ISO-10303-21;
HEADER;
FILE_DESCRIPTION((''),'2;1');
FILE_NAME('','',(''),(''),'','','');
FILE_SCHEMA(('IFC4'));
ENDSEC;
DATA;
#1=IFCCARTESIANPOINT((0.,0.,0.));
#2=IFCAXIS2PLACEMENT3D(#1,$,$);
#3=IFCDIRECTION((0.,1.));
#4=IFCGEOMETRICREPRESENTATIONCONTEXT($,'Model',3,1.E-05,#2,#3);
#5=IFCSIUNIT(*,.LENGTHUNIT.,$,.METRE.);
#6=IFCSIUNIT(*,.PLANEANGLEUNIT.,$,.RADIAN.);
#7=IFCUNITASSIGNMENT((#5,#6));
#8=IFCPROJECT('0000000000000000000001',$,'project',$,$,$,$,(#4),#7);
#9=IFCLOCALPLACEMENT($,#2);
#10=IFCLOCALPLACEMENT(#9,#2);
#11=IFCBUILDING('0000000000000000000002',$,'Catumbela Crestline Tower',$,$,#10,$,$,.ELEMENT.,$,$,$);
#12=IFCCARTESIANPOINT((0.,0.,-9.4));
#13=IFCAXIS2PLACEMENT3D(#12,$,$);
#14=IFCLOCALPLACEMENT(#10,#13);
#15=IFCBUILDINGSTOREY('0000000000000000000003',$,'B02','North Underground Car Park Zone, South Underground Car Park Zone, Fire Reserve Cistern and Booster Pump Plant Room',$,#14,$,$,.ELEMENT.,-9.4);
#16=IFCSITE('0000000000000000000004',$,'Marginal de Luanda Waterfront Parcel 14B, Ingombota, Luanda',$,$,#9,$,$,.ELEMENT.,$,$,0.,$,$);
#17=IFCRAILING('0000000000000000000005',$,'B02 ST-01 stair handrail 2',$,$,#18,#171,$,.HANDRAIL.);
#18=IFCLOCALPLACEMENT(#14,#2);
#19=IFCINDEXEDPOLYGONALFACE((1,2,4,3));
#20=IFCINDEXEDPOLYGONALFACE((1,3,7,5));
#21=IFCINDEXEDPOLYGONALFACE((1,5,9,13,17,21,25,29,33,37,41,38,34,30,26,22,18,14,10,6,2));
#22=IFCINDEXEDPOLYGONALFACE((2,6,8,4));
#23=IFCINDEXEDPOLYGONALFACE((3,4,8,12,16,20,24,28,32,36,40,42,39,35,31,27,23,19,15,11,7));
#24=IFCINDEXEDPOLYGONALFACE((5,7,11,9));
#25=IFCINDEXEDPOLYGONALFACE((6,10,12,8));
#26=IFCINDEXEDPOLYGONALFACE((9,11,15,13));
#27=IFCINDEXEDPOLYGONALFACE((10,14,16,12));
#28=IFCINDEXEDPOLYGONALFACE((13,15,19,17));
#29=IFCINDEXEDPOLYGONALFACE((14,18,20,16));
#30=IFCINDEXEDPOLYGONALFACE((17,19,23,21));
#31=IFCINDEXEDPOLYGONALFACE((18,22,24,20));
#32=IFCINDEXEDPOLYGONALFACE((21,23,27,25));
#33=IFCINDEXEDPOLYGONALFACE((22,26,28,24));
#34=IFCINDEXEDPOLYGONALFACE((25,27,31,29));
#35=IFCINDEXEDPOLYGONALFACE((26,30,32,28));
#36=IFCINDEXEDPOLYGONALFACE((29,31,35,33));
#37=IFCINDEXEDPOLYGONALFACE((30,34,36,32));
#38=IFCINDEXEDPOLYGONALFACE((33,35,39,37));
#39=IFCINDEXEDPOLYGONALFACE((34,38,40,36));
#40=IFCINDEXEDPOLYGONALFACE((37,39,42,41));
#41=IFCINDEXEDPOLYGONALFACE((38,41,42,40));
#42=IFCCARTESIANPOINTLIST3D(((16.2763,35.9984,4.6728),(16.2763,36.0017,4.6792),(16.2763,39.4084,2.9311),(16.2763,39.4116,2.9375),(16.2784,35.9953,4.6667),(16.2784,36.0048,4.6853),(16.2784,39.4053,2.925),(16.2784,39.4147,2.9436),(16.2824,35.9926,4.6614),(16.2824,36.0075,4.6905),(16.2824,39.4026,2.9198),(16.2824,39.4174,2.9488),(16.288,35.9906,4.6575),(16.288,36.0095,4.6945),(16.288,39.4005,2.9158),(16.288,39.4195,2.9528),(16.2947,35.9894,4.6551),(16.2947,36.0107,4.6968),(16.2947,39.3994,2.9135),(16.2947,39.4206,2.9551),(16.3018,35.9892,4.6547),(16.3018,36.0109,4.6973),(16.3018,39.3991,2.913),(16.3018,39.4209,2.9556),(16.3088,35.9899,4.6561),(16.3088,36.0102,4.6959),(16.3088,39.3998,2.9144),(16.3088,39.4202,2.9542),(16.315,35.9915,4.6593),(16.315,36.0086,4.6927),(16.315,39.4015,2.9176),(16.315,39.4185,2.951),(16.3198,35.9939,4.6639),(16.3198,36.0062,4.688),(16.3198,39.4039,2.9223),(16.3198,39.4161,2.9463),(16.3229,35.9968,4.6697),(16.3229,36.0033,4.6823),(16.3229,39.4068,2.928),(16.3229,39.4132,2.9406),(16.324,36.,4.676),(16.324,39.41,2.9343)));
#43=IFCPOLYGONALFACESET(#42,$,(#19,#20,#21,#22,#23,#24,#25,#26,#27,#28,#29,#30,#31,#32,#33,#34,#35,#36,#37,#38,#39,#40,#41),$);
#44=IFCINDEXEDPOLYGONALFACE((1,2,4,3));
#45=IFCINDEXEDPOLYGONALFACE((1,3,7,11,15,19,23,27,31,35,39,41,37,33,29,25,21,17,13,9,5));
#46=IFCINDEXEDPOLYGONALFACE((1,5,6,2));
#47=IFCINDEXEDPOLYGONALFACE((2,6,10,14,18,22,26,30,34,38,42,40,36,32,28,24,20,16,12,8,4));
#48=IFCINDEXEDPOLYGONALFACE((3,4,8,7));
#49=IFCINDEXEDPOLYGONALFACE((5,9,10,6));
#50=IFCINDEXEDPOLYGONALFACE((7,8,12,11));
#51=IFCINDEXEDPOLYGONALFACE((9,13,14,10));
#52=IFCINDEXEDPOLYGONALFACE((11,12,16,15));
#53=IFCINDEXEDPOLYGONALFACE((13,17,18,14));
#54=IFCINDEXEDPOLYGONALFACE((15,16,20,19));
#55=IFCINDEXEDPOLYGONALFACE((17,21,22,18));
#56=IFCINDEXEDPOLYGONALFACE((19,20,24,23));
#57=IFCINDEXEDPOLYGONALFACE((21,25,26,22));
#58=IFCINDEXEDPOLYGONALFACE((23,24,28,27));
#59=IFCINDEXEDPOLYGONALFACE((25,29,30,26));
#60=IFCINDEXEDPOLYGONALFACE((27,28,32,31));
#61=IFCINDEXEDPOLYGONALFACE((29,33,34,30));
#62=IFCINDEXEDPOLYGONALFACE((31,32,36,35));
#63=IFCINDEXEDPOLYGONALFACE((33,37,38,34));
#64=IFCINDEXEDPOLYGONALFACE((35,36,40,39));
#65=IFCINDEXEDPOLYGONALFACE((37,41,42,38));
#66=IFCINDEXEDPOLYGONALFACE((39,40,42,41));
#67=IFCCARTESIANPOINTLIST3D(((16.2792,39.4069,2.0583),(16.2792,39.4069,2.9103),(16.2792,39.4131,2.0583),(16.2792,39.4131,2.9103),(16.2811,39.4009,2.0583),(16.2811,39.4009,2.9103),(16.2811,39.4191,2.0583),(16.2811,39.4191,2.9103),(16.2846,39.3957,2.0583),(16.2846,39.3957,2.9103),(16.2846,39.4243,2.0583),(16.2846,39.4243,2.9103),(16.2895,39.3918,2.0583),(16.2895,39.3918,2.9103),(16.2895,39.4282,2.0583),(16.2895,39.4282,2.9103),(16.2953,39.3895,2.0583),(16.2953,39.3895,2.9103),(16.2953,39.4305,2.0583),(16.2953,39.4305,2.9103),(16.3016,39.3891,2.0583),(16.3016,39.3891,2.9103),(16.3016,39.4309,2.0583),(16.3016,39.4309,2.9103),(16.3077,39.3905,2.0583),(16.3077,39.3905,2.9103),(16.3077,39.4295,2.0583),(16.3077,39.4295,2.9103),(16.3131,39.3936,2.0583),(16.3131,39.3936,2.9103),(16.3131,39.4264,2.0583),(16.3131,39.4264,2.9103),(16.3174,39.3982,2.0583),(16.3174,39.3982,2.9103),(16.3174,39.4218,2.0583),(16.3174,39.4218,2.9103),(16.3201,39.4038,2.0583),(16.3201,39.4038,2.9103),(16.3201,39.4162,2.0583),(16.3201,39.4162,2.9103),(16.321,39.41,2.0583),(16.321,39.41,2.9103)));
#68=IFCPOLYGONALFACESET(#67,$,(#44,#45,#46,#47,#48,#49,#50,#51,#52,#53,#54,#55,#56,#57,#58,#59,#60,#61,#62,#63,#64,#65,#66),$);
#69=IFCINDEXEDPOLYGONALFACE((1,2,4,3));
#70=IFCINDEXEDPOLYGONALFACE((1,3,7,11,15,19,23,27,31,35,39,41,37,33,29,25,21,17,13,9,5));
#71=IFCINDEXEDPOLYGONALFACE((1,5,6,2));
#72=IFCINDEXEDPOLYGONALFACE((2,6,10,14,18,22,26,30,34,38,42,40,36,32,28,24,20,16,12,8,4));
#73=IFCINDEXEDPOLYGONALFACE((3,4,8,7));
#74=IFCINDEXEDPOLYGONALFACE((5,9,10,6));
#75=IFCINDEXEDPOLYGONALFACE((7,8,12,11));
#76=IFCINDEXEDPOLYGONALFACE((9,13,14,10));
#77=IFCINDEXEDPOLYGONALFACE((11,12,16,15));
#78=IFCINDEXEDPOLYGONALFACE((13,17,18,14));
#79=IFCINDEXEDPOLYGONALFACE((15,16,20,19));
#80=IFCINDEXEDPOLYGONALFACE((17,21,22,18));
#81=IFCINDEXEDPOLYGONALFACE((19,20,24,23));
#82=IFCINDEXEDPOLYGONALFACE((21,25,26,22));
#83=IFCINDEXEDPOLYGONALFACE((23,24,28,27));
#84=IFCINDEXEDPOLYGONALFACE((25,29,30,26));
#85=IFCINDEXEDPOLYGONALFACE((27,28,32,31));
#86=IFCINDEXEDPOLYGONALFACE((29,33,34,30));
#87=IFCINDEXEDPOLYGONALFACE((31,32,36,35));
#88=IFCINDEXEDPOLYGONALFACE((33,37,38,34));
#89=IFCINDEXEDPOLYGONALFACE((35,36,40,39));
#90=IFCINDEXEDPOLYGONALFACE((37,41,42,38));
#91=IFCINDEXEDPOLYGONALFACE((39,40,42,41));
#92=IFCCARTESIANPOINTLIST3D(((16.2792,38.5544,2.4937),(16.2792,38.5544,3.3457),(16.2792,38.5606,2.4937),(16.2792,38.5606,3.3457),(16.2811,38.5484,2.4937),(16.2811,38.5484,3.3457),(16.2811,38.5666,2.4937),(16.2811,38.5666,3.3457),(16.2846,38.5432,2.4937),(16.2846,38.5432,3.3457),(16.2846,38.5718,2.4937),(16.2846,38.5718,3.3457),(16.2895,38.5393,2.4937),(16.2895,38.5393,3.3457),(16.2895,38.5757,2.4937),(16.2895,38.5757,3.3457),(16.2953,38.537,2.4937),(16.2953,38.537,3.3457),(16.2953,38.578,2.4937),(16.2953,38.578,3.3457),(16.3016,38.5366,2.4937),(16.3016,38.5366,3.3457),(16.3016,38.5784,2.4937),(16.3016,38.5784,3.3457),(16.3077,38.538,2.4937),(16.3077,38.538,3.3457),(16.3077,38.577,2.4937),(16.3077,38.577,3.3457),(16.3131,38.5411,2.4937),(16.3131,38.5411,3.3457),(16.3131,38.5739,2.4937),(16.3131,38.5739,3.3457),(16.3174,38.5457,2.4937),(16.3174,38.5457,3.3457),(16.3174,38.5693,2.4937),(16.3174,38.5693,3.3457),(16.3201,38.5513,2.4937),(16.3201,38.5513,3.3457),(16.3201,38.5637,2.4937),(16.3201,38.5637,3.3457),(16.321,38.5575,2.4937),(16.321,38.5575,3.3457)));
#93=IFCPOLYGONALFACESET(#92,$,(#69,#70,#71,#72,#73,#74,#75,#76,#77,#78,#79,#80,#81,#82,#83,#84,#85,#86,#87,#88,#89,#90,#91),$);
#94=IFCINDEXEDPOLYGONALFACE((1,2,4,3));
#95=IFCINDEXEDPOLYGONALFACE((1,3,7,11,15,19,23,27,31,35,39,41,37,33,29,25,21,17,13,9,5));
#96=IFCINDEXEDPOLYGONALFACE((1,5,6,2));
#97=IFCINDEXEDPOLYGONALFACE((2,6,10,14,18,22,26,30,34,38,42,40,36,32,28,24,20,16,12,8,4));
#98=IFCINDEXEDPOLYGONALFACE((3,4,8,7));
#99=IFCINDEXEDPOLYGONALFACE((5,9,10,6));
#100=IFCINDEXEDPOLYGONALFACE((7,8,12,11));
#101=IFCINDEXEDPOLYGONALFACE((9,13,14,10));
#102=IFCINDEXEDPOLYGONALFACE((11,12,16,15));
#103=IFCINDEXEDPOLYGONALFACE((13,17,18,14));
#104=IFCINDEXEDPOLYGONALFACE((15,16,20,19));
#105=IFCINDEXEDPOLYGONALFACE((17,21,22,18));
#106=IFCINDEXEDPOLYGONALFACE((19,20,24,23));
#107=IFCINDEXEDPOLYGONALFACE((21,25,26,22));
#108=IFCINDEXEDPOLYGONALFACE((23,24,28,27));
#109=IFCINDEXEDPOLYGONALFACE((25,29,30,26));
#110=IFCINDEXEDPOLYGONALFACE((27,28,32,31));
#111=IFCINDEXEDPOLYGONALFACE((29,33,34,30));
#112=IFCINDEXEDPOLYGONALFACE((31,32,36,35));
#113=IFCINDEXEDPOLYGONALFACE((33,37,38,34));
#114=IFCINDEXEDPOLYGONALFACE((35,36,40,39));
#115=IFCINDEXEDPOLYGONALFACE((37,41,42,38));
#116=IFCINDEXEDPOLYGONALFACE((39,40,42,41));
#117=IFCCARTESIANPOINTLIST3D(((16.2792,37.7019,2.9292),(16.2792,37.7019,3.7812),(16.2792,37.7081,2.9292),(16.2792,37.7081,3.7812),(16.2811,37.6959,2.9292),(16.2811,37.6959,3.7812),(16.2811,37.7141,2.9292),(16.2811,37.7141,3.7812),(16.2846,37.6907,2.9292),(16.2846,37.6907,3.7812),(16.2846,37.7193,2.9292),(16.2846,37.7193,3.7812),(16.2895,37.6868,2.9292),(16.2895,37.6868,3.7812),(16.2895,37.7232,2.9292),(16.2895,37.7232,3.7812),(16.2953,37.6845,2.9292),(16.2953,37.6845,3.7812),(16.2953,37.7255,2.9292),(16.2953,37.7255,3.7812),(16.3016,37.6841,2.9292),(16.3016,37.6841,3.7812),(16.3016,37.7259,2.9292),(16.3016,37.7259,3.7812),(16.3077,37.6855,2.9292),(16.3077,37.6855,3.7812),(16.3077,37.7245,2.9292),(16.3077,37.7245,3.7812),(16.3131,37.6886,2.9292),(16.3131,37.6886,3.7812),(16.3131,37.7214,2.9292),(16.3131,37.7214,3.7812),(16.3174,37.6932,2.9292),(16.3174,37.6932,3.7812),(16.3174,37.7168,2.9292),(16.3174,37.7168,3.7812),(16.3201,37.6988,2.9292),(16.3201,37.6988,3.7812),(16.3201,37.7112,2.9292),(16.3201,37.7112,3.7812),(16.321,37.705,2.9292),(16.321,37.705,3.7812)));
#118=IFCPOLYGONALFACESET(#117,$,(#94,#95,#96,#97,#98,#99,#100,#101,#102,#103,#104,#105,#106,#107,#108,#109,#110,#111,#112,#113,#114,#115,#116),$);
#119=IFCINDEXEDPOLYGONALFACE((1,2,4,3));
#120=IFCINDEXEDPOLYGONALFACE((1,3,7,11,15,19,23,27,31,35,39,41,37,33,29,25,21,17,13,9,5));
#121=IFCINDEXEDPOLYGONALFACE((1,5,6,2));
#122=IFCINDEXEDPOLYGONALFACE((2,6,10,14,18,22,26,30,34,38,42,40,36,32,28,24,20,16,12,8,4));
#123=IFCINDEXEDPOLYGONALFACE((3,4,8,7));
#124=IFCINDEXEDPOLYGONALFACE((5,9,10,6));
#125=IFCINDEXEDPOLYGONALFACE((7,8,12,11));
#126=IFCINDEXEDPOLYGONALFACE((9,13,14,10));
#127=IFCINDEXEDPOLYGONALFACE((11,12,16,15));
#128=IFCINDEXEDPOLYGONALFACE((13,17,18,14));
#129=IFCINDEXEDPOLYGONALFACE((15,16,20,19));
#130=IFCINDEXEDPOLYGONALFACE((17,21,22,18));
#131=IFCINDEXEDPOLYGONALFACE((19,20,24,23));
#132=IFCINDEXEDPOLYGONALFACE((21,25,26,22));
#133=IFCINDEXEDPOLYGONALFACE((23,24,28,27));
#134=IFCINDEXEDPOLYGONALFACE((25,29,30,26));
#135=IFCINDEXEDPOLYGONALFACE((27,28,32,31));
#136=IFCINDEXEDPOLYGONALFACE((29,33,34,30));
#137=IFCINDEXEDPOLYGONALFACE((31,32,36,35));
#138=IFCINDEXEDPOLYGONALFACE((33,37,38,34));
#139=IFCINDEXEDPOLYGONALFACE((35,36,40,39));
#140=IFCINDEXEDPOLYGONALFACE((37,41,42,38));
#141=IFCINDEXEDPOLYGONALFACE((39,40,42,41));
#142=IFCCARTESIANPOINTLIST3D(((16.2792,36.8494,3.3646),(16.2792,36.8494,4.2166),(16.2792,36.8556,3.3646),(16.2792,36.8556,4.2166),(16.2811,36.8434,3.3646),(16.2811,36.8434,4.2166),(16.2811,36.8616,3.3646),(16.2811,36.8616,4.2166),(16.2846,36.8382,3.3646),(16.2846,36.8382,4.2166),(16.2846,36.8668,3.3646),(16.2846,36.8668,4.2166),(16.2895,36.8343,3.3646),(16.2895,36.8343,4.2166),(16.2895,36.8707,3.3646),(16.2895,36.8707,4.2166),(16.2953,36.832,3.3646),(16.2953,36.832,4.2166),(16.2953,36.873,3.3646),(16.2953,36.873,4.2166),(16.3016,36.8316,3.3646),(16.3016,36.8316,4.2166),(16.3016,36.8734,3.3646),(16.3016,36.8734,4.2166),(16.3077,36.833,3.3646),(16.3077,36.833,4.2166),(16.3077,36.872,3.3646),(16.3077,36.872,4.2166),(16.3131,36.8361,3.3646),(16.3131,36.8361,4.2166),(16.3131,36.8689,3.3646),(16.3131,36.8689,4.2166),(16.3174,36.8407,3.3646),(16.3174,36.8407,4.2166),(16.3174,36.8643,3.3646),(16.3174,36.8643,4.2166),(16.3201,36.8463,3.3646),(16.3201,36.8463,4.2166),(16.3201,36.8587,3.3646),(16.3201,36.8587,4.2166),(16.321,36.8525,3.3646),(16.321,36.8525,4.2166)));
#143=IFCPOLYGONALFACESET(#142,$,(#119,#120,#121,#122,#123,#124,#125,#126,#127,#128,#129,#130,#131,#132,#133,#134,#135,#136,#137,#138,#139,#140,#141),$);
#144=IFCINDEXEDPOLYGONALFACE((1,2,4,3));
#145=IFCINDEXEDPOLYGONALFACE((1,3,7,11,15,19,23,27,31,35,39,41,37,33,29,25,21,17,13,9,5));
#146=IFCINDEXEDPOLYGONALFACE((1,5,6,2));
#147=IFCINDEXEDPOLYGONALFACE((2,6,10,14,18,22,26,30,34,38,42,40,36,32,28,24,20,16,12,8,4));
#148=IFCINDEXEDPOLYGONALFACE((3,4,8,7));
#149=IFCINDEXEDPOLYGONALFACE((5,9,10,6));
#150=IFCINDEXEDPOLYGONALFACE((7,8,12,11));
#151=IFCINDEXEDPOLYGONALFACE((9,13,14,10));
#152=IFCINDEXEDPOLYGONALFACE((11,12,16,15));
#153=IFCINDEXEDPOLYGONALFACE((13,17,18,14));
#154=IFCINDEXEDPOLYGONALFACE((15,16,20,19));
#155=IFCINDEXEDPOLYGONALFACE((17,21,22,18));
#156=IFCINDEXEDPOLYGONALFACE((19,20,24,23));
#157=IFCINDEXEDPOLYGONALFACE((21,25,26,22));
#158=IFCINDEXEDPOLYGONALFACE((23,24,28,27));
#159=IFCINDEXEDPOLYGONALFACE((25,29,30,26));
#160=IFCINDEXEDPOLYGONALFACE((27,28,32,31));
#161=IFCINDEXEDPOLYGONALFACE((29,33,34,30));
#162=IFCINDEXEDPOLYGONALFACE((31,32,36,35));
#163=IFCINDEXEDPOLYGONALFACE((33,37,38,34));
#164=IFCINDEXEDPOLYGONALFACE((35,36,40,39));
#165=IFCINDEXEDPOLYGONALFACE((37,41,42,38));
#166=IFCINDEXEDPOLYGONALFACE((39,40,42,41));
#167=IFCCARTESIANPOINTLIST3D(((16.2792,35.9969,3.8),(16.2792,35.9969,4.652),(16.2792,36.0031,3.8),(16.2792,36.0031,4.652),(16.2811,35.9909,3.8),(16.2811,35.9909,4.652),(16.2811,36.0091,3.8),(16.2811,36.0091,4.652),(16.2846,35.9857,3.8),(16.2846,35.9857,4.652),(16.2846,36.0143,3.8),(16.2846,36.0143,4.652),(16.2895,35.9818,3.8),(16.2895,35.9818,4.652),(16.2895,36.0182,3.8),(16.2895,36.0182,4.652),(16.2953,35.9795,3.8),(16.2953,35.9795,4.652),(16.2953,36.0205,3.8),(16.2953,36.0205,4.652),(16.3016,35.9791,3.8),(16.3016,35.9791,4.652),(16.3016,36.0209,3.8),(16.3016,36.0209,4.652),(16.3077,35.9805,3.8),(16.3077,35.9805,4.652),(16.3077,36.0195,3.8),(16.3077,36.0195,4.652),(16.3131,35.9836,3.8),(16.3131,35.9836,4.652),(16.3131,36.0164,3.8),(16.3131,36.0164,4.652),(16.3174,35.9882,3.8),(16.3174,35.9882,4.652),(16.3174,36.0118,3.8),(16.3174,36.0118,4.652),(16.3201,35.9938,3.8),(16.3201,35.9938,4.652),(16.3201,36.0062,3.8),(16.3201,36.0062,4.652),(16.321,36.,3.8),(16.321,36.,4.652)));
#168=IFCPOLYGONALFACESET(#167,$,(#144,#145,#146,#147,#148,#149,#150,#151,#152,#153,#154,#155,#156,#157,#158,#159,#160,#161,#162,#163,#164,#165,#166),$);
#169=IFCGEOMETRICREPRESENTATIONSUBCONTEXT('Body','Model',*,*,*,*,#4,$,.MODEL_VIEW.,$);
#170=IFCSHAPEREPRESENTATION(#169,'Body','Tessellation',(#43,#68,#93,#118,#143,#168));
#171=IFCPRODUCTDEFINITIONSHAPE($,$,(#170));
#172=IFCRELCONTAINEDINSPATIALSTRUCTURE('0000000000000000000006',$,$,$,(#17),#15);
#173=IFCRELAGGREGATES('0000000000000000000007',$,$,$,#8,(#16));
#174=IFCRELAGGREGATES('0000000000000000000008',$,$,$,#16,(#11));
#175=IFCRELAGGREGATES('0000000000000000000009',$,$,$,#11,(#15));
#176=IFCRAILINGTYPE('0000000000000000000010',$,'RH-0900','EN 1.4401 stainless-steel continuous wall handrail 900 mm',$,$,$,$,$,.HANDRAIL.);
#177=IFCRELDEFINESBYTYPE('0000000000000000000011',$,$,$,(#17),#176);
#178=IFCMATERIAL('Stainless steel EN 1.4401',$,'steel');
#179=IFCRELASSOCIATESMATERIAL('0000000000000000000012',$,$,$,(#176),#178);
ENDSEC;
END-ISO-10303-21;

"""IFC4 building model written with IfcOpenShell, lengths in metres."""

from ifc_helpers import new_model, si_unit, direction, frame, origin, origin_2d, place, context, subcontext, project, spatial, circle, extrude, material, type_object, element, save


model = new_model("IFC4")

# Units and contexts
model_context = context("Model", 3, precision=1e-05, world=origin(), true_north=direction((0.0, 1.0)))
body_context = subcontext(model_context, "Body", "Model", "MODEL_VIEW")
ifc_project = project(units=[si_unit("LENGTHUNIT", "METRE"), si_unit("PLANEANGLEUNIT", "RADIAN")], contexts=[model_context])

# Site, building, storey
site_placement = place(None, origin())
site = spatial("IfcSite", under=ifc_project, at=site_placement, Name="Marginal de Luanda Waterfront Parcel 14B, Ingombota, Luanda", CompositionType="ELEMENT", RefElevation=0.0)
building_placement = place(site_placement, origin())
building = spatial("IfcBuilding", under=site, at=building_placement, Name="Catumbela Crestline Tower", CompositionType="ELEMENT")
storey_placement = place(building_placement, frame((0.0, 0.0, -9.4)))
storey = spatial("IfcBuildingStorey", under=building, at=storey_placement, Name="B02", Description="North Underground Car Park Zone, South Underground Car Park Zone, Fire Reserve Cistern and Booster Pump Plant Room", CompositionType="ELEMENT", Elevation=-9.4)

# Shared definitions
ifc_material_1 = material(Name="Stainless steel EN 1.4401", Category="steel")

# Railing
railing_type_1 = type_object("IfcRailingType", Name="RH-0900", Description="EN 1.4401 stainless-steel continuous wall handrail 900 mm", PredefinedType="HANDRAIL", material=ifc_material_1)
railing_1_placement = place(storey_placement, frame((16.3, 39.41, 2.0583)))
element("IfcRailing", 1, at=railing_1_placement, inside=storey, type_object=railing_type_1, Name="B02 ST-01 stair handrail 2", PredefinedType="HANDRAIL", context=body_context, shape_type="SweptSolid", body=[
    extrude(circle(Radius=0.024, at=origin_2d()), frame((0.0, 0.0, 0.876), z_axis=(0.0, -0.89056, 0.454865), x_axis=(1.0, 0.0, 0.0)), (0.0, 0.0, 1.0), 3.829),
    extrude(circle(Radius=0.021, at=origin_2d()), origin(), (0.0, 0.0, 1.0), 0.852),
    extrude(circle(Radius=0.021, at=origin_2d()), frame((0.0, -0.8525, 0.4354)), (0.0, 0.0, 1.0), 0.852),
    extrude(circle(Radius=0.021, at=origin_2d()), frame((0.0, -1.705, 0.8709)), (0.0, 0.0, 1.0), 0.852),
    extrude(circle(Radius=0.021, at=origin_2d()), frame((0.0, -2.5575, 1.3063)), (0.0, 0.0, 1.0), 0.852),
    extrude(circle(Radius=0.021, at=origin_2d()), frame((0.0, -3.41, 1.7417)), (0.0, 0.0, 1.0), 0.852),
])

save(model, "model.ifc")
